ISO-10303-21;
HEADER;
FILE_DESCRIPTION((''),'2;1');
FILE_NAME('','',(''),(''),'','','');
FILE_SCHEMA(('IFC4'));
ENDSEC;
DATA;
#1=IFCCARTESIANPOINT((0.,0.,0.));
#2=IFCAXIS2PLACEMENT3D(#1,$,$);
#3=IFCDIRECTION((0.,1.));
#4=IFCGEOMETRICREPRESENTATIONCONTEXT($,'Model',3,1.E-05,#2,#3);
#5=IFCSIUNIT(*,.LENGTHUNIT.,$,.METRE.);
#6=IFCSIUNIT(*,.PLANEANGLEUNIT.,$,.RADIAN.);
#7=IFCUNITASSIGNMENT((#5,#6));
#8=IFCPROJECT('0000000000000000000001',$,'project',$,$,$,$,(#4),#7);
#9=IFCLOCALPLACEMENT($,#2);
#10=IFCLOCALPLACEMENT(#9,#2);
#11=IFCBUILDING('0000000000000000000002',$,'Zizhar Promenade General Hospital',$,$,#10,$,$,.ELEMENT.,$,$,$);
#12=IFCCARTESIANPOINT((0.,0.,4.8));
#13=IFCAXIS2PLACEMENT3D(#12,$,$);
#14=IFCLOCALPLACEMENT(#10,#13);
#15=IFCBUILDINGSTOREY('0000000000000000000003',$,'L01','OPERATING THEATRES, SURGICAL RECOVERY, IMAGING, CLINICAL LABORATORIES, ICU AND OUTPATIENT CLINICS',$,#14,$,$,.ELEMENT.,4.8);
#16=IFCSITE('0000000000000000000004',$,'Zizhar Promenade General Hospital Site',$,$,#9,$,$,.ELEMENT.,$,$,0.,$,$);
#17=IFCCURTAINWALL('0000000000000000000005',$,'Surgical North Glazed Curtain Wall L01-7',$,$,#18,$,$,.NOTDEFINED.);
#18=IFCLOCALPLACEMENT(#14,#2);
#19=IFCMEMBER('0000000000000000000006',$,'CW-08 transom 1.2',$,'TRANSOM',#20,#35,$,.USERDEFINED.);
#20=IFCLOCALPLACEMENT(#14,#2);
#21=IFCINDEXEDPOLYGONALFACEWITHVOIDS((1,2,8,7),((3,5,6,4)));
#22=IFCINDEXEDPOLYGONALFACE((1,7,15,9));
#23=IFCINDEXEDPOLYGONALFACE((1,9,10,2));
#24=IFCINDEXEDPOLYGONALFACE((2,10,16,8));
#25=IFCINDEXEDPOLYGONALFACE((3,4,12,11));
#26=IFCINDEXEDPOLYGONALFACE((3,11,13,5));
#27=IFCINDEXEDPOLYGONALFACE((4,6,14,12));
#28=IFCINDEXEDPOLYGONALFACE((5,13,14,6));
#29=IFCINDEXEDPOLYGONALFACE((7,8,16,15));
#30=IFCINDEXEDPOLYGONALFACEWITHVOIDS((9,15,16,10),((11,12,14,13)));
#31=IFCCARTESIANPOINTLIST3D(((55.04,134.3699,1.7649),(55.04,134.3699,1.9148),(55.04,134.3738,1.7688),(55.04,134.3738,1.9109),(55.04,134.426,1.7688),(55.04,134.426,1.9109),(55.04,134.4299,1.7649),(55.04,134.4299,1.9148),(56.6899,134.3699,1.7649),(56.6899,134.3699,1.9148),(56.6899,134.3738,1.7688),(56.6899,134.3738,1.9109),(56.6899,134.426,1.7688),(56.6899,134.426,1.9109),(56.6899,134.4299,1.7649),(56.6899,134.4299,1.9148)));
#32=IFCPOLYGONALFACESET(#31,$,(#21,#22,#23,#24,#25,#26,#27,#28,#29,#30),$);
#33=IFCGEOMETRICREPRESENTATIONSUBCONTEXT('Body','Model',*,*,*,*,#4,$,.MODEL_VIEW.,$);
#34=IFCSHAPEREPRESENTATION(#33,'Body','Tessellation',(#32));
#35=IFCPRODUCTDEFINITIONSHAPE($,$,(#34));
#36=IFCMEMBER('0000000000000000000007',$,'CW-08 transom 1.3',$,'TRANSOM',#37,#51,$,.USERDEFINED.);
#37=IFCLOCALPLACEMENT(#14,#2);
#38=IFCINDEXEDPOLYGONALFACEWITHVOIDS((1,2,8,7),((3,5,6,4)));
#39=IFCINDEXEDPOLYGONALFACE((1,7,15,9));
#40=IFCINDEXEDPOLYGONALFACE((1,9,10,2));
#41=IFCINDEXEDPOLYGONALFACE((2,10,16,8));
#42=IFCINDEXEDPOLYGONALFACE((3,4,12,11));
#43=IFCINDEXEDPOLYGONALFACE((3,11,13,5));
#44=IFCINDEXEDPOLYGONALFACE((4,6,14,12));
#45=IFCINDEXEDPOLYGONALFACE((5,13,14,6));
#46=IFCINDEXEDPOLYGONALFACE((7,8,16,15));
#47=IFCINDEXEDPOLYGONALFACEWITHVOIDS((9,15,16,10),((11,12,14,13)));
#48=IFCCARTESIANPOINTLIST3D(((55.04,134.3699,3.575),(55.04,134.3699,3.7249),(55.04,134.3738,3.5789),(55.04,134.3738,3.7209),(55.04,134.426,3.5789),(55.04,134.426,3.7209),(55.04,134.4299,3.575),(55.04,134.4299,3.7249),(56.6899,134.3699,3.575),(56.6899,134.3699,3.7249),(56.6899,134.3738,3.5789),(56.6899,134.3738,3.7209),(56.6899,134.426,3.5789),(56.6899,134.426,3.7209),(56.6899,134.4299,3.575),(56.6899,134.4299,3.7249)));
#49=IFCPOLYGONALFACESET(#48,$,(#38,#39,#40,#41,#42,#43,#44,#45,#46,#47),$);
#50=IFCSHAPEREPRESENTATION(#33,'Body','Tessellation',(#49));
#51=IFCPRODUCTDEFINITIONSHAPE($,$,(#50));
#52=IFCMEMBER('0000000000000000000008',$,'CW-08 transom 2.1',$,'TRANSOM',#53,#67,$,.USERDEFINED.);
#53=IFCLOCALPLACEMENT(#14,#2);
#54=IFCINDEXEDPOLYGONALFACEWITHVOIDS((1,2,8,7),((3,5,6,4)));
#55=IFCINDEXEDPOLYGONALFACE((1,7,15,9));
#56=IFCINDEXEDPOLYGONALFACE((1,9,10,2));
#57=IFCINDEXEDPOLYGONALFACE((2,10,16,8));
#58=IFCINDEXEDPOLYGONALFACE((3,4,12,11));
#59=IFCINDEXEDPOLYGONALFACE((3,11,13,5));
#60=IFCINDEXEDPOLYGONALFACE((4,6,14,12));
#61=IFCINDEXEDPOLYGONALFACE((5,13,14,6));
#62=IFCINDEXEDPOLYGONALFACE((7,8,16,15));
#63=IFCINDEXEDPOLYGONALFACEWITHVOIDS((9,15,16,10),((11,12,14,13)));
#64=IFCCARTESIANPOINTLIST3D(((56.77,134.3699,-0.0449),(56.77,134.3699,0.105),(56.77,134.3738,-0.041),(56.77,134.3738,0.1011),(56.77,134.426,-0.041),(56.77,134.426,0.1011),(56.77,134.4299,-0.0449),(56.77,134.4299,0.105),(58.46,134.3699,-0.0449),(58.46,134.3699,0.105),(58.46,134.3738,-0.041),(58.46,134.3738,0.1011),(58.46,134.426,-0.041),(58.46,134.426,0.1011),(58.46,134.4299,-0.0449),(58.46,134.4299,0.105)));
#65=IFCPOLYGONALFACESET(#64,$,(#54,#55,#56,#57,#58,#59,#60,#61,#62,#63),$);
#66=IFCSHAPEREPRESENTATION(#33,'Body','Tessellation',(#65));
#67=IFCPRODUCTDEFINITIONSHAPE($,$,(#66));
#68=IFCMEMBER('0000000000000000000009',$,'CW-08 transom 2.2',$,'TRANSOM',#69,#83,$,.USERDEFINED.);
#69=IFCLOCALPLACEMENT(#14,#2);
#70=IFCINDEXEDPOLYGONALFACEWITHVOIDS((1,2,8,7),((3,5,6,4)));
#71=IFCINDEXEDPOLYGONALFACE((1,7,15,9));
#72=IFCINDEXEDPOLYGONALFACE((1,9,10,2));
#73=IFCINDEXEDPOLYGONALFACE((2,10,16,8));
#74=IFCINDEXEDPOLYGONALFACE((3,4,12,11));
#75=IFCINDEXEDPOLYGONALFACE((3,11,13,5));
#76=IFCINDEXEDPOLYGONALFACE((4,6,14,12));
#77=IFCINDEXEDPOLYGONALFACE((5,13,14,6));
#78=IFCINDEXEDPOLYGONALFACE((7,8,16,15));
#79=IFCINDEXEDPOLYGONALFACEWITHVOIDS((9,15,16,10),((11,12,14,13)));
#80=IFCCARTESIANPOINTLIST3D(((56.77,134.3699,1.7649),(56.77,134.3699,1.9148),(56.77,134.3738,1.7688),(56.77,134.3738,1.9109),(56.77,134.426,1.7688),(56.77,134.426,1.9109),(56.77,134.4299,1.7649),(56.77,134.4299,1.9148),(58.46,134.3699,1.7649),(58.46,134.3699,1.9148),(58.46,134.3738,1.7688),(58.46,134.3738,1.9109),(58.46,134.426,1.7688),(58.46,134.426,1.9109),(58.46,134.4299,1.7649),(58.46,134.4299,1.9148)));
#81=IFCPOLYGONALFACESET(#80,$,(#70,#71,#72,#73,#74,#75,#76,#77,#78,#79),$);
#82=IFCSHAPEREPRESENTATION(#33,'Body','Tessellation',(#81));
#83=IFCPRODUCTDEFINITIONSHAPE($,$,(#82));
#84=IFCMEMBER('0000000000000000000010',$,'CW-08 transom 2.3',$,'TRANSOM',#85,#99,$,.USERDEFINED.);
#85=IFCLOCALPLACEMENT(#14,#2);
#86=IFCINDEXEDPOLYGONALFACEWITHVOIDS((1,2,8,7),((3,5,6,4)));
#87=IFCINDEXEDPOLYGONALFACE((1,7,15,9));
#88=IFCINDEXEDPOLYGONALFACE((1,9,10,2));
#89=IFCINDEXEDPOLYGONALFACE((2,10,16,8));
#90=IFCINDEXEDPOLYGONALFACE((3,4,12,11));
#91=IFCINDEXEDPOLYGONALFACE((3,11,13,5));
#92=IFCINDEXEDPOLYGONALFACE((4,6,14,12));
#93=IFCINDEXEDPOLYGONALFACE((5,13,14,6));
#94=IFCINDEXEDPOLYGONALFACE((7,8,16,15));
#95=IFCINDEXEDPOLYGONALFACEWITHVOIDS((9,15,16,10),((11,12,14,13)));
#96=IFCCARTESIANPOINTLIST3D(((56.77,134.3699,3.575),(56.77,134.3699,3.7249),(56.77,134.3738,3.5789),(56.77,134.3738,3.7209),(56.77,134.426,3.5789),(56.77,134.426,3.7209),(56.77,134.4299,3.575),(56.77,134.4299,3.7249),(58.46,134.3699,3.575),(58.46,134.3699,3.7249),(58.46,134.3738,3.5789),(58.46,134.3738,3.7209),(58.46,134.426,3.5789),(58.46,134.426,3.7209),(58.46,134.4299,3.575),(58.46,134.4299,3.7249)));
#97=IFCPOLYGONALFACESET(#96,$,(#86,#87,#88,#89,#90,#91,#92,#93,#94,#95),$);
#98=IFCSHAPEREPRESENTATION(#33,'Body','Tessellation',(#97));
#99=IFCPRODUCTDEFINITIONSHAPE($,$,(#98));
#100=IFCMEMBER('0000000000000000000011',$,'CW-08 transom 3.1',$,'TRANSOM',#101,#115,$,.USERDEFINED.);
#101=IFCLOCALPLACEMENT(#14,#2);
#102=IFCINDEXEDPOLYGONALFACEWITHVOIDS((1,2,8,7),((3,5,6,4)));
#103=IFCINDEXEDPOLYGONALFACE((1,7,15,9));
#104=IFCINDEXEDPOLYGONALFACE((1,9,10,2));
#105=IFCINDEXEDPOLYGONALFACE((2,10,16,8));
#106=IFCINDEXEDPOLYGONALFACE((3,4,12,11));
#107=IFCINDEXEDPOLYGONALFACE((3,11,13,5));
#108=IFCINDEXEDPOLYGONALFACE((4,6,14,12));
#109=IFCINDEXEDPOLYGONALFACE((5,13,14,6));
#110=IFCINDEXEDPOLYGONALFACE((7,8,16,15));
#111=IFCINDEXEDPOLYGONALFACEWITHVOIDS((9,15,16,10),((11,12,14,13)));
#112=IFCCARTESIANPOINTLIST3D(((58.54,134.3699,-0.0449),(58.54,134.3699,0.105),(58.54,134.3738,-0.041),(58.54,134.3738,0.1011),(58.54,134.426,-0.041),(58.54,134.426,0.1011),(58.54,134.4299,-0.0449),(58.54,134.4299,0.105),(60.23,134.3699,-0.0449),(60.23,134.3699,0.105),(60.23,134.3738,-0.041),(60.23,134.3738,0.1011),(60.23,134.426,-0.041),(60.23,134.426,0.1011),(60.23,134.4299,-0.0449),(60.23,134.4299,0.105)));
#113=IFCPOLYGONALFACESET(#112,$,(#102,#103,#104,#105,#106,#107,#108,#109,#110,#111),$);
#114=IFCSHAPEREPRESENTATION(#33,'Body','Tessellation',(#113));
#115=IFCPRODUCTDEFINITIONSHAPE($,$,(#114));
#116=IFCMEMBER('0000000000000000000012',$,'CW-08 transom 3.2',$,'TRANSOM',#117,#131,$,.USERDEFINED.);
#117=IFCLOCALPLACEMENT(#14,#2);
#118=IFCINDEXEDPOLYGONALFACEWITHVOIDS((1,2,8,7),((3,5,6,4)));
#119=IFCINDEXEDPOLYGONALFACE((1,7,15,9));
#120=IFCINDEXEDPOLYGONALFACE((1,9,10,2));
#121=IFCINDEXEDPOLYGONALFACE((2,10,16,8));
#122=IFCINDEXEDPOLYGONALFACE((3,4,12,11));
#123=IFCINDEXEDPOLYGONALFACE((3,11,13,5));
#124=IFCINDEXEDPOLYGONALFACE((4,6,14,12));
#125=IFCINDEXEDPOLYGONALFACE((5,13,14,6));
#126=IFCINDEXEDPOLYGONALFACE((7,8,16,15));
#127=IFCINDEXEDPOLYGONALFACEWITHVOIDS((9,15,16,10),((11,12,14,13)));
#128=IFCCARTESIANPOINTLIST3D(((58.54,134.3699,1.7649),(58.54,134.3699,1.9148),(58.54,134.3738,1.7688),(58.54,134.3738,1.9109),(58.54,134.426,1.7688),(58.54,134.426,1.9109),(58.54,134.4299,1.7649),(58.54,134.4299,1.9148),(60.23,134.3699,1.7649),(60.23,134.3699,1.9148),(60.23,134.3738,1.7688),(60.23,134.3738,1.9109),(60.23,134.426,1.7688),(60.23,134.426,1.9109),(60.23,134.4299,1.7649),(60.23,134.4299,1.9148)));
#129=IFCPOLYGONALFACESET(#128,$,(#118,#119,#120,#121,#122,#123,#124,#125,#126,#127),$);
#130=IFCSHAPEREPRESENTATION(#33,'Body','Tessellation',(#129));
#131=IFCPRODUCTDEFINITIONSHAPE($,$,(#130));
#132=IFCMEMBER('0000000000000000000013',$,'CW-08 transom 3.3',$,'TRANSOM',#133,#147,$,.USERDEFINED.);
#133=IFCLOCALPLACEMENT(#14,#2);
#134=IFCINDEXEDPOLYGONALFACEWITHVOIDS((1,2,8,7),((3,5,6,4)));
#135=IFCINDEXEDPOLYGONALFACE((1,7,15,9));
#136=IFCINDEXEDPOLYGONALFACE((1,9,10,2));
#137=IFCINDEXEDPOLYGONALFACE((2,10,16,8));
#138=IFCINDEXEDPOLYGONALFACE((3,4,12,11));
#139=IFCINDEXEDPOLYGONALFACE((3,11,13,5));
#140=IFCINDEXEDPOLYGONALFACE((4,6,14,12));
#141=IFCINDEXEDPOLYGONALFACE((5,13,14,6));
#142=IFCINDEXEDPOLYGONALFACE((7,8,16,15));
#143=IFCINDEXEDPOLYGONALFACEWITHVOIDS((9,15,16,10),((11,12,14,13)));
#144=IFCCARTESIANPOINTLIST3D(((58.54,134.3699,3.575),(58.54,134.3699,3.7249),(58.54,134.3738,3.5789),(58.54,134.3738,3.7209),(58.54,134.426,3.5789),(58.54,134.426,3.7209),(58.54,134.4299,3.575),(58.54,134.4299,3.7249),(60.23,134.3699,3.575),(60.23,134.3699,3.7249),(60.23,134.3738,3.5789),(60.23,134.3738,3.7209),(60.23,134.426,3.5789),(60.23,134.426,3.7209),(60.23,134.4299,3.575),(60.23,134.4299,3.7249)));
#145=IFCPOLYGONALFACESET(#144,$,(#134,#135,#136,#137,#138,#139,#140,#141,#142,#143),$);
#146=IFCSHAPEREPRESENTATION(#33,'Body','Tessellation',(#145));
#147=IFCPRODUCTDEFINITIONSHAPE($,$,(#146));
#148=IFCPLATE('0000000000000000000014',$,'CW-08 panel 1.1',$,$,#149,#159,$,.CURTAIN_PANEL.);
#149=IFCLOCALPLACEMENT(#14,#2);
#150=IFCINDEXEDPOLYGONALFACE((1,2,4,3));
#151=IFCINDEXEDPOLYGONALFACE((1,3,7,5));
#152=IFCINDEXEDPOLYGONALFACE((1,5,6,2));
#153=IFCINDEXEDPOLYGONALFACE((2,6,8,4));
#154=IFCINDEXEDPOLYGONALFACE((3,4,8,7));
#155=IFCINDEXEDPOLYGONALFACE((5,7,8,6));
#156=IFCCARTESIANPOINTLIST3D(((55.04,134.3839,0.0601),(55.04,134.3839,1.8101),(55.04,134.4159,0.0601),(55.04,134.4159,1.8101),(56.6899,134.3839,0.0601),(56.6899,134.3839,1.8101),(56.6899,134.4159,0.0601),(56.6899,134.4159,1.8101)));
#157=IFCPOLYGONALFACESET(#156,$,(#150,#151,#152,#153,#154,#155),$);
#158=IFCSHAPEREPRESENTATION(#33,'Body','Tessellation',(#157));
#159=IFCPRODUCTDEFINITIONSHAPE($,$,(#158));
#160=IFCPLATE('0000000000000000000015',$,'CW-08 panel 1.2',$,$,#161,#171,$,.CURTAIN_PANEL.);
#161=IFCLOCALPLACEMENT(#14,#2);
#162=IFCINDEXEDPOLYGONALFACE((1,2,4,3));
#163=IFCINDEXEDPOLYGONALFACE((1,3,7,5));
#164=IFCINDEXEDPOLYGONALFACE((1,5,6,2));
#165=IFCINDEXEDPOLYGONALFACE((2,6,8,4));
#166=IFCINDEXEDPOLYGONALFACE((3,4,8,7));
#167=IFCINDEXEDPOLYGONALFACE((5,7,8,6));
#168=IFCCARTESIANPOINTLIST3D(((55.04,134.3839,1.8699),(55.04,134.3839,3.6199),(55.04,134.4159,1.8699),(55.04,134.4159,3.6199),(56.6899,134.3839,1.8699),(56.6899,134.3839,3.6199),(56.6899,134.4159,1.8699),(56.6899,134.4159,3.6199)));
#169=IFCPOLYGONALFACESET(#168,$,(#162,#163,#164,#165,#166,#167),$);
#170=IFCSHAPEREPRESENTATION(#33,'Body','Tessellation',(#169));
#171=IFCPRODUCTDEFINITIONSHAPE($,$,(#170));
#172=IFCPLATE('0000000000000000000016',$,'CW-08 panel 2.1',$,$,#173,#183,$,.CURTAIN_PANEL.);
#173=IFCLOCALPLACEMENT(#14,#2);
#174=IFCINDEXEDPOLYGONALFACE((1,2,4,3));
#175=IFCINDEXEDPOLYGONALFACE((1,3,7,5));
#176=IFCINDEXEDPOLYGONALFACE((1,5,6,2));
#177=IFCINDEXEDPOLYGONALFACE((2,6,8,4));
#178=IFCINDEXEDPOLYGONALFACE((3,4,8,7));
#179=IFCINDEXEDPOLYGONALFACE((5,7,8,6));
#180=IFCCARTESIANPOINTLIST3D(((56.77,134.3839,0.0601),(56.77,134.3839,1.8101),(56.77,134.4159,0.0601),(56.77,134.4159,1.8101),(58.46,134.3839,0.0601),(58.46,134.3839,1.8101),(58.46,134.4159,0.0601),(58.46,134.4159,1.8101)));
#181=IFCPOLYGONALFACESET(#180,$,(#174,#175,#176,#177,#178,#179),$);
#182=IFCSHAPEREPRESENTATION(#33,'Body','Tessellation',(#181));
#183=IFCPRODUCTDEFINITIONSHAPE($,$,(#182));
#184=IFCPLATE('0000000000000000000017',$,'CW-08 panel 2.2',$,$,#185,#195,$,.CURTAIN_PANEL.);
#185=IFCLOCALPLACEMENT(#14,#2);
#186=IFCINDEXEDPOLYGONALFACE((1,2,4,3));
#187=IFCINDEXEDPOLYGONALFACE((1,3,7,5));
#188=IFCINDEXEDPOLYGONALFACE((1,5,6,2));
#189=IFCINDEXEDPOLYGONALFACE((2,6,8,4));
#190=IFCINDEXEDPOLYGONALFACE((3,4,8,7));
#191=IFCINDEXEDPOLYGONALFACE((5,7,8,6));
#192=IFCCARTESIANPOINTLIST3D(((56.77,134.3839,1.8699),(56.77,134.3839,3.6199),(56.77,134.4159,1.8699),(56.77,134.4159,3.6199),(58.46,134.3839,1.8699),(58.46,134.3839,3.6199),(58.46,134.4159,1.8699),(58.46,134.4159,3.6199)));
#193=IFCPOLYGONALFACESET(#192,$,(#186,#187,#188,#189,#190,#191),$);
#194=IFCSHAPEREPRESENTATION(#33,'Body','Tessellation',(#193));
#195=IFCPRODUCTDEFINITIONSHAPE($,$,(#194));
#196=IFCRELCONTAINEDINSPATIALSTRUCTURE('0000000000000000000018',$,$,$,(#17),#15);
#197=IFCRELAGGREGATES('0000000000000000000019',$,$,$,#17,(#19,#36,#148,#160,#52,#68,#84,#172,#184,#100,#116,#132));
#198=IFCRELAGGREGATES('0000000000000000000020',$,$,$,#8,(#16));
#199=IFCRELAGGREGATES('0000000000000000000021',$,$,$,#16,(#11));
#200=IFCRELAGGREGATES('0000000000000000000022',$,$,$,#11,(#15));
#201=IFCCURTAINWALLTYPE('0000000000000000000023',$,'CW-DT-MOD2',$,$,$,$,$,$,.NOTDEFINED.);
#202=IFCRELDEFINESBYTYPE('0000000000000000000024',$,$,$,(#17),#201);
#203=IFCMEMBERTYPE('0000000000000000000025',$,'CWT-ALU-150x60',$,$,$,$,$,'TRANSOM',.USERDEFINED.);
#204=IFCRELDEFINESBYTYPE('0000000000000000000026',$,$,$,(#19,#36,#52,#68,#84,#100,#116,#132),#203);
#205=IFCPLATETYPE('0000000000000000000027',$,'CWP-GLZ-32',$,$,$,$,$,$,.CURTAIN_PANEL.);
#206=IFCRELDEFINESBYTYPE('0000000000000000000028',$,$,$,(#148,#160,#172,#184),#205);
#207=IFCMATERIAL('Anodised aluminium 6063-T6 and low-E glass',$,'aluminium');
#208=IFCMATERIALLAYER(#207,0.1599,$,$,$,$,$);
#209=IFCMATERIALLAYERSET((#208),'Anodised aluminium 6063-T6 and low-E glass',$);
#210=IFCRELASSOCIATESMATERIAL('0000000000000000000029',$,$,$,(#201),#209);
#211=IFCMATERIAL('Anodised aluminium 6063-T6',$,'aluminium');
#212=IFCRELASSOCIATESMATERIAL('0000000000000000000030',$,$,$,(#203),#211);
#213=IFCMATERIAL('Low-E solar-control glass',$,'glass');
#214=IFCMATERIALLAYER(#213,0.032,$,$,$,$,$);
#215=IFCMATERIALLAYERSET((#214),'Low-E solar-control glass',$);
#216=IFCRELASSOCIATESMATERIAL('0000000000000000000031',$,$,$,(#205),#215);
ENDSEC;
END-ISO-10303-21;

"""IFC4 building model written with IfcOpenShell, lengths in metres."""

from ifc_helpers import new_model, si_unit, direction, frame, origin, origin_2d, place, context, subcontext, project, spatial, rectangle, hollow_rectangle, extrude, material, layer, layer_set, material_profile, profile_set, type_object, element, aggregate, save


model = new_model("IFC4")

# Units and contexts
model_context = context("Model", 3, precision=1e-05, world=origin(), true_north=direction((0.0, 1.0)))
body_context = subcontext(model_context, "Body", "Model", "MODEL_VIEW")
ifc_project = project(units=[si_unit("LENGTHUNIT", "METRE"), si_unit("PLANEANGLEUNIT", "RADIAN")], contexts=[model_context])

# Site, building, storey
site_placement = place(None, origin())
site = spatial("IfcSite", under=ifc_project, at=site_placement, Name="Zizhar Promenade General Hospital Site", CompositionType="ELEMENT", RefElevation=0.0)
building_placement = place(site_placement, origin())
building = spatial("IfcBuilding", under=site, at=building_placement, Name="Zizhar Promenade General Hospital", CompositionType="ELEMENT")
storey_placement = place(building_placement, frame((0.0, 0.0, 4.8)))
storey = spatial("IfcBuildingStorey", under=building, at=storey_placement, Name="L01", Description="OPERATING THEATRES, SURGICAL RECOVERY, IMAGING, CLINICAL LABORATORIES, ICU AND OUTPATIENT CLINICS", CompositionType="ELEMENT", Elevation=4.8)

# Curtain wall, members, plates
ifc_material_1 = material(Name="Anodised aluminium 6063-T6 and low-E glass", Category="aluminium")
ifc_layer_1 = layer(ifc_material_1, 0.1599)
ifc_layer_set_1 = layer_set([ifc_layer_1], Name="Anodised aluminium 6063-T6 and low-E glass")
curtain_wall_type = type_object("IfcCurtainWallType", Name="CW-DT-MOD2", PredefinedType="NOTDEFINED", material=ifc_layer_set_1)
curtain_wall_placement = place(storey_placement, origin())
curtain_wall = element("IfcCurtainWall", 1, at=curtain_wall_placement, inside=storey, type_object=curtain_wall_type, Name="Surgical North Glazed Curtain Wall L01-7", PredefinedType="NOTDEFINED")
ifc_material_2 = material(Name="Anodised aluminium 6063-T6", Category="aluminium")
ifc_material_profile_1 = material_profile(ifc_material_2, hollow_rectangle(XDim=0.0601, YDim=0.1499, WallThickness=0.0039, at=origin_2d()))
ifc_profile_set_1 = profile_set([ifc_material_profile_1], Name="Anodised aluminium 6063-T6")
member_type_1 = type_object("IfcMemberType", Name="CWT-ALU-150x60", ElementType="TRANSOM", PredefinedType="USERDEFINED", material=ifc_profile_set_1)
member_1_placement = place(storey_placement, frame((55.04, 134.3999, 1.8398), z_axis=(1.0, 0.0, 0.0), x_axis=(0.0, 1.0, 0.0)))
member_1 = element("IfcMember", 2, at=member_1_placement, type_object=member_type_1, Name="CW-08 transom 1.2", ObjectType="TRANSOM", PredefinedType="USERDEFINED", context=body_context, shape_type="SweptSolid", body=[
    extrude(hollow_rectangle(XDim=0.0601, YDim=0.1499, WallThickness=0.0039, at=origin_2d()), origin(), (0.0, 0.0, 1.0), 1.6499),
])
member_2_placement = place(storey_placement, frame((55.04, 134.3999, 3.6499), z_axis=(1.0, 0.0, 0.0), x_axis=(0.0, 1.0, 0.0)))
member_2 = element("IfcMember", 3, at=member_2_placement, type_object=member_type_1, Name="CW-08 transom 1.3", ObjectType="TRANSOM", PredefinedType="USERDEFINED", context=body_context, shape_type="SweptSolid", body=[
    extrude(hollow_rectangle(XDim=0.0601, YDim=0.1499, WallThickness=0.0039, at=origin_2d()), origin(), (0.0, 0.0, 1.0), 1.6499),
])
member_3_placement = place(storey_placement, frame((56.77, 134.3999, 0.03), z_axis=(1.0, 0.0, 0.0), x_axis=(0.0, 1.0, 0.0)))
member_3 = element("IfcMember", 4, at=member_3_placement, type_object=member_type_1, Name="CW-08 transom 2.1", ObjectType="TRANSOM", PredefinedType="USERDEFINED", context=body_context, shape_type="SweptSolid", body=[
    extrude(hollow_rectangle(XDim=0.0601, YDim=0.1499, WallThickness=0.0039, at=origin_2d()), origin(), (0.0, 0.0, 1.0), 1.6899),
])
member_4_placement = place(storey_placement, frame((56.77, 134.3999, 1.8398), z_axis=(1.0, 0.0, 0.0), x_axis=(0.0, 1.0, 0.0)))
member_4 = element("IfcMember", 5, at=member_4_placement, type_object=member_type_1, Name="CW-08 transom 2.2", ObjectType="TRANSOM", PredefinedType="USERDEFINED", context=body_context, shape_type="SweptSolid", body=[
    extrude(hollow_rectangle(XDim=0.0601, YDim=0.1499, WallThickness=0.0039, at=origin_2d()), origin(), (0.0, 0.0, 1.0), 1.6899),
])
member_5_placement = place(storey_placement, frame((56.77, 134.3999, 3.6499), z_axis=(1.0, 0.0, 0.0), x_axis=(0.0, 1.0, 0.0)))
member_5 = element("IfcMember", 6, at=member_5_placement, type_object=member_type_1, Name="CW-08 transom 2.3", ObjectType="TRANSOM", PredefinedType="USERDEFINED", context=body_context, shape_type="SweptSolid", body=[
    extrude(hollow_rectangle(XDim=0.0601, YDim=0.1499, WallThickness=0.0039, at=origin_2d()), origin(), (0.0, 0.0, 1.0), 1.6899),
])
member_6_placement = place(storey_placement, frame((58.54, 134.3999, 0.03), z_axis=(1.0, 0.0, 0.0), x_axis=(0.0, 1.0, 0.0)))
member_6 = element("IfcMember", 7, at=member_6_placement, type_object=member_type_1, Name="CW-08 transom 3.1", ObjectType="TRANSOM", PredefinedType="USERDEFINED", context=body_context, shape_type="SweptSolid", body=[
    extrude(hollow_rectangle(XDim=0.0601, YDim=0.1499, WallThickness=0.0039, at=origin_2d()), origin(), (0.0, 0.0, 1.0), 1.6899),
])
member_7_placement = place(storey_placement, frame((58.54, 134.3999, 1.8398), z_axis=(1.0, 0.0, 0.0), x_axis=(0.0, 1.0, 0.0)))
member_7 = element("IfcMember", 8, at=member_7_placement, type_object=member_type_1, Name="CW-08 transom 3.2", ObjectType="TRANSOM", PredefinedType="USERDEFINED", context=body_context, shape_type="SweptSolid", body=[
    extrude(hollow_rectangle(XDim=0.0601, YDim=0.1499, WallThickness=0.0039, at=origin_2d()), origin(), (0.0, 0.0, 1.0), 1.6899),
])
member_8_placement = place(storey_placement, frame((58.54, 134.3999, 3.6499), z_axis=(1.0, 0.0, 0.0), x_axis=(0.0, 1.0, 0.0)))
member_8 = element("IfcMember", 9, at=member_8_placement, type_object=member_type_1, Name="CW-08 transom 3.3", ObjectType="TRANSOM", PredefinedType="USERDEFINED", context=body_context, shape_type="SweptSolid", body=[
    extrude(hollow_rectangle(XDim=0.0601, YDim=0.1499, WallThickness=0.0039, at=origin_2d()), origin(), (0.0, 0.0, 1.0), 1.6899),
])
ifc_material_3 = material(Name="Low-E solar-control glass", Category="glass")
ifc_layer_2 = layer(ifc_material_3, 0.032)
ifc_layer_set_2 = layer_set([ifc_layer_2], Name="Low-E solar-control glass")
plate_type = type_object("IfcPlateType", Name="CWP-GLZ-32", PredefinedType="CURTAIN_PANEL", material=ifc_layer_set_2)
plate_1_placement = place(storey_placement, frame((55.865, 134.3999, 0.0601), z_axis=(0.0, 0.0, 1.0), x_axis=(1.0, 0.0, 0.0)))
plate_1 = element("IfcPlate", 10, at=plate_1_placement, type_object=plate_type, Name="CW-08 panel 1.1", PredefinedType="CURTAIN_PANEL", context=body_context, shape_type="SweptSolid", body=[
    extrude(rectangle(XDim=1.6499, YDim=0.032, at=origin_2d()), origin(), (0.0, 0.0, 1.0), 1.75),
])
plate_2_placement = place(storey_placement, frame((55.865, 134.3999, 1.8699), z_axis=(0.0, 0.0, 1.0), x_axis=(1.0, 0.0, 0.0)))
plate_2 = element("IfcPlate", 11, at=plate_2_placement, type_object=plate_type, Name="CW-08 panel 1.2", PredefinedType="CURTAIN_PANEL", context=body_context, shape_type="SweptSolid", body=[
    extrude(rectangle(XDim=1.6499, YDim=0.032, at=origin_2d()), origin(), (0.0, 0.0, 1.0), 1.75),
])
plate_3_placement = place(storey_placement, frame((57.615, 134.3999, 0.0601), z_axis=(0.0, 0.0, 1.0), x_axis=(1.0, 0.0, 0.0)))
plate_3 = element("IfcPlate", 12, at=plate_3_placement, type_object=plate_type, Name="CW-08 panel 2.1", PredefinedType="CURTAIN_PANEL", context=body_context, shape_type="SweptSolid", body=[
    extrude(rectangle(XDim=1.6899, YDim=0.032, at=origin_2d()), origin(), (0.0, 0.0, 1.0), 1.75),
])
plate_4_placement = place(storey_placement, frame((57.615, 134.3999, 1.8699), z_axis=(0.0, 0.0, 1.0), x_axis=(1.0, 0.0, 0.0)))
plate_4 = element("IfcPlate", 13, at=plate_4_placement, type_object=plate_type, Name="CW-08 panel 2.2", PredefinedType="CURTAIN_PANEL", context=body_context, shape_type="SweptSolid", body=[
    extrude(rectangle(XDim=1.6899, YDim=0.032, at=origin_2d()), origin(), (0.0, 0.0, 1.0), 1.75),
])
aggregate(curtain_wall, [member_1, member_2, plate_1, plate_2, member_3, member_4, member_5, plate_3, plate_4, member_6, member_7, member_8])

save(model, "model.ifc")
